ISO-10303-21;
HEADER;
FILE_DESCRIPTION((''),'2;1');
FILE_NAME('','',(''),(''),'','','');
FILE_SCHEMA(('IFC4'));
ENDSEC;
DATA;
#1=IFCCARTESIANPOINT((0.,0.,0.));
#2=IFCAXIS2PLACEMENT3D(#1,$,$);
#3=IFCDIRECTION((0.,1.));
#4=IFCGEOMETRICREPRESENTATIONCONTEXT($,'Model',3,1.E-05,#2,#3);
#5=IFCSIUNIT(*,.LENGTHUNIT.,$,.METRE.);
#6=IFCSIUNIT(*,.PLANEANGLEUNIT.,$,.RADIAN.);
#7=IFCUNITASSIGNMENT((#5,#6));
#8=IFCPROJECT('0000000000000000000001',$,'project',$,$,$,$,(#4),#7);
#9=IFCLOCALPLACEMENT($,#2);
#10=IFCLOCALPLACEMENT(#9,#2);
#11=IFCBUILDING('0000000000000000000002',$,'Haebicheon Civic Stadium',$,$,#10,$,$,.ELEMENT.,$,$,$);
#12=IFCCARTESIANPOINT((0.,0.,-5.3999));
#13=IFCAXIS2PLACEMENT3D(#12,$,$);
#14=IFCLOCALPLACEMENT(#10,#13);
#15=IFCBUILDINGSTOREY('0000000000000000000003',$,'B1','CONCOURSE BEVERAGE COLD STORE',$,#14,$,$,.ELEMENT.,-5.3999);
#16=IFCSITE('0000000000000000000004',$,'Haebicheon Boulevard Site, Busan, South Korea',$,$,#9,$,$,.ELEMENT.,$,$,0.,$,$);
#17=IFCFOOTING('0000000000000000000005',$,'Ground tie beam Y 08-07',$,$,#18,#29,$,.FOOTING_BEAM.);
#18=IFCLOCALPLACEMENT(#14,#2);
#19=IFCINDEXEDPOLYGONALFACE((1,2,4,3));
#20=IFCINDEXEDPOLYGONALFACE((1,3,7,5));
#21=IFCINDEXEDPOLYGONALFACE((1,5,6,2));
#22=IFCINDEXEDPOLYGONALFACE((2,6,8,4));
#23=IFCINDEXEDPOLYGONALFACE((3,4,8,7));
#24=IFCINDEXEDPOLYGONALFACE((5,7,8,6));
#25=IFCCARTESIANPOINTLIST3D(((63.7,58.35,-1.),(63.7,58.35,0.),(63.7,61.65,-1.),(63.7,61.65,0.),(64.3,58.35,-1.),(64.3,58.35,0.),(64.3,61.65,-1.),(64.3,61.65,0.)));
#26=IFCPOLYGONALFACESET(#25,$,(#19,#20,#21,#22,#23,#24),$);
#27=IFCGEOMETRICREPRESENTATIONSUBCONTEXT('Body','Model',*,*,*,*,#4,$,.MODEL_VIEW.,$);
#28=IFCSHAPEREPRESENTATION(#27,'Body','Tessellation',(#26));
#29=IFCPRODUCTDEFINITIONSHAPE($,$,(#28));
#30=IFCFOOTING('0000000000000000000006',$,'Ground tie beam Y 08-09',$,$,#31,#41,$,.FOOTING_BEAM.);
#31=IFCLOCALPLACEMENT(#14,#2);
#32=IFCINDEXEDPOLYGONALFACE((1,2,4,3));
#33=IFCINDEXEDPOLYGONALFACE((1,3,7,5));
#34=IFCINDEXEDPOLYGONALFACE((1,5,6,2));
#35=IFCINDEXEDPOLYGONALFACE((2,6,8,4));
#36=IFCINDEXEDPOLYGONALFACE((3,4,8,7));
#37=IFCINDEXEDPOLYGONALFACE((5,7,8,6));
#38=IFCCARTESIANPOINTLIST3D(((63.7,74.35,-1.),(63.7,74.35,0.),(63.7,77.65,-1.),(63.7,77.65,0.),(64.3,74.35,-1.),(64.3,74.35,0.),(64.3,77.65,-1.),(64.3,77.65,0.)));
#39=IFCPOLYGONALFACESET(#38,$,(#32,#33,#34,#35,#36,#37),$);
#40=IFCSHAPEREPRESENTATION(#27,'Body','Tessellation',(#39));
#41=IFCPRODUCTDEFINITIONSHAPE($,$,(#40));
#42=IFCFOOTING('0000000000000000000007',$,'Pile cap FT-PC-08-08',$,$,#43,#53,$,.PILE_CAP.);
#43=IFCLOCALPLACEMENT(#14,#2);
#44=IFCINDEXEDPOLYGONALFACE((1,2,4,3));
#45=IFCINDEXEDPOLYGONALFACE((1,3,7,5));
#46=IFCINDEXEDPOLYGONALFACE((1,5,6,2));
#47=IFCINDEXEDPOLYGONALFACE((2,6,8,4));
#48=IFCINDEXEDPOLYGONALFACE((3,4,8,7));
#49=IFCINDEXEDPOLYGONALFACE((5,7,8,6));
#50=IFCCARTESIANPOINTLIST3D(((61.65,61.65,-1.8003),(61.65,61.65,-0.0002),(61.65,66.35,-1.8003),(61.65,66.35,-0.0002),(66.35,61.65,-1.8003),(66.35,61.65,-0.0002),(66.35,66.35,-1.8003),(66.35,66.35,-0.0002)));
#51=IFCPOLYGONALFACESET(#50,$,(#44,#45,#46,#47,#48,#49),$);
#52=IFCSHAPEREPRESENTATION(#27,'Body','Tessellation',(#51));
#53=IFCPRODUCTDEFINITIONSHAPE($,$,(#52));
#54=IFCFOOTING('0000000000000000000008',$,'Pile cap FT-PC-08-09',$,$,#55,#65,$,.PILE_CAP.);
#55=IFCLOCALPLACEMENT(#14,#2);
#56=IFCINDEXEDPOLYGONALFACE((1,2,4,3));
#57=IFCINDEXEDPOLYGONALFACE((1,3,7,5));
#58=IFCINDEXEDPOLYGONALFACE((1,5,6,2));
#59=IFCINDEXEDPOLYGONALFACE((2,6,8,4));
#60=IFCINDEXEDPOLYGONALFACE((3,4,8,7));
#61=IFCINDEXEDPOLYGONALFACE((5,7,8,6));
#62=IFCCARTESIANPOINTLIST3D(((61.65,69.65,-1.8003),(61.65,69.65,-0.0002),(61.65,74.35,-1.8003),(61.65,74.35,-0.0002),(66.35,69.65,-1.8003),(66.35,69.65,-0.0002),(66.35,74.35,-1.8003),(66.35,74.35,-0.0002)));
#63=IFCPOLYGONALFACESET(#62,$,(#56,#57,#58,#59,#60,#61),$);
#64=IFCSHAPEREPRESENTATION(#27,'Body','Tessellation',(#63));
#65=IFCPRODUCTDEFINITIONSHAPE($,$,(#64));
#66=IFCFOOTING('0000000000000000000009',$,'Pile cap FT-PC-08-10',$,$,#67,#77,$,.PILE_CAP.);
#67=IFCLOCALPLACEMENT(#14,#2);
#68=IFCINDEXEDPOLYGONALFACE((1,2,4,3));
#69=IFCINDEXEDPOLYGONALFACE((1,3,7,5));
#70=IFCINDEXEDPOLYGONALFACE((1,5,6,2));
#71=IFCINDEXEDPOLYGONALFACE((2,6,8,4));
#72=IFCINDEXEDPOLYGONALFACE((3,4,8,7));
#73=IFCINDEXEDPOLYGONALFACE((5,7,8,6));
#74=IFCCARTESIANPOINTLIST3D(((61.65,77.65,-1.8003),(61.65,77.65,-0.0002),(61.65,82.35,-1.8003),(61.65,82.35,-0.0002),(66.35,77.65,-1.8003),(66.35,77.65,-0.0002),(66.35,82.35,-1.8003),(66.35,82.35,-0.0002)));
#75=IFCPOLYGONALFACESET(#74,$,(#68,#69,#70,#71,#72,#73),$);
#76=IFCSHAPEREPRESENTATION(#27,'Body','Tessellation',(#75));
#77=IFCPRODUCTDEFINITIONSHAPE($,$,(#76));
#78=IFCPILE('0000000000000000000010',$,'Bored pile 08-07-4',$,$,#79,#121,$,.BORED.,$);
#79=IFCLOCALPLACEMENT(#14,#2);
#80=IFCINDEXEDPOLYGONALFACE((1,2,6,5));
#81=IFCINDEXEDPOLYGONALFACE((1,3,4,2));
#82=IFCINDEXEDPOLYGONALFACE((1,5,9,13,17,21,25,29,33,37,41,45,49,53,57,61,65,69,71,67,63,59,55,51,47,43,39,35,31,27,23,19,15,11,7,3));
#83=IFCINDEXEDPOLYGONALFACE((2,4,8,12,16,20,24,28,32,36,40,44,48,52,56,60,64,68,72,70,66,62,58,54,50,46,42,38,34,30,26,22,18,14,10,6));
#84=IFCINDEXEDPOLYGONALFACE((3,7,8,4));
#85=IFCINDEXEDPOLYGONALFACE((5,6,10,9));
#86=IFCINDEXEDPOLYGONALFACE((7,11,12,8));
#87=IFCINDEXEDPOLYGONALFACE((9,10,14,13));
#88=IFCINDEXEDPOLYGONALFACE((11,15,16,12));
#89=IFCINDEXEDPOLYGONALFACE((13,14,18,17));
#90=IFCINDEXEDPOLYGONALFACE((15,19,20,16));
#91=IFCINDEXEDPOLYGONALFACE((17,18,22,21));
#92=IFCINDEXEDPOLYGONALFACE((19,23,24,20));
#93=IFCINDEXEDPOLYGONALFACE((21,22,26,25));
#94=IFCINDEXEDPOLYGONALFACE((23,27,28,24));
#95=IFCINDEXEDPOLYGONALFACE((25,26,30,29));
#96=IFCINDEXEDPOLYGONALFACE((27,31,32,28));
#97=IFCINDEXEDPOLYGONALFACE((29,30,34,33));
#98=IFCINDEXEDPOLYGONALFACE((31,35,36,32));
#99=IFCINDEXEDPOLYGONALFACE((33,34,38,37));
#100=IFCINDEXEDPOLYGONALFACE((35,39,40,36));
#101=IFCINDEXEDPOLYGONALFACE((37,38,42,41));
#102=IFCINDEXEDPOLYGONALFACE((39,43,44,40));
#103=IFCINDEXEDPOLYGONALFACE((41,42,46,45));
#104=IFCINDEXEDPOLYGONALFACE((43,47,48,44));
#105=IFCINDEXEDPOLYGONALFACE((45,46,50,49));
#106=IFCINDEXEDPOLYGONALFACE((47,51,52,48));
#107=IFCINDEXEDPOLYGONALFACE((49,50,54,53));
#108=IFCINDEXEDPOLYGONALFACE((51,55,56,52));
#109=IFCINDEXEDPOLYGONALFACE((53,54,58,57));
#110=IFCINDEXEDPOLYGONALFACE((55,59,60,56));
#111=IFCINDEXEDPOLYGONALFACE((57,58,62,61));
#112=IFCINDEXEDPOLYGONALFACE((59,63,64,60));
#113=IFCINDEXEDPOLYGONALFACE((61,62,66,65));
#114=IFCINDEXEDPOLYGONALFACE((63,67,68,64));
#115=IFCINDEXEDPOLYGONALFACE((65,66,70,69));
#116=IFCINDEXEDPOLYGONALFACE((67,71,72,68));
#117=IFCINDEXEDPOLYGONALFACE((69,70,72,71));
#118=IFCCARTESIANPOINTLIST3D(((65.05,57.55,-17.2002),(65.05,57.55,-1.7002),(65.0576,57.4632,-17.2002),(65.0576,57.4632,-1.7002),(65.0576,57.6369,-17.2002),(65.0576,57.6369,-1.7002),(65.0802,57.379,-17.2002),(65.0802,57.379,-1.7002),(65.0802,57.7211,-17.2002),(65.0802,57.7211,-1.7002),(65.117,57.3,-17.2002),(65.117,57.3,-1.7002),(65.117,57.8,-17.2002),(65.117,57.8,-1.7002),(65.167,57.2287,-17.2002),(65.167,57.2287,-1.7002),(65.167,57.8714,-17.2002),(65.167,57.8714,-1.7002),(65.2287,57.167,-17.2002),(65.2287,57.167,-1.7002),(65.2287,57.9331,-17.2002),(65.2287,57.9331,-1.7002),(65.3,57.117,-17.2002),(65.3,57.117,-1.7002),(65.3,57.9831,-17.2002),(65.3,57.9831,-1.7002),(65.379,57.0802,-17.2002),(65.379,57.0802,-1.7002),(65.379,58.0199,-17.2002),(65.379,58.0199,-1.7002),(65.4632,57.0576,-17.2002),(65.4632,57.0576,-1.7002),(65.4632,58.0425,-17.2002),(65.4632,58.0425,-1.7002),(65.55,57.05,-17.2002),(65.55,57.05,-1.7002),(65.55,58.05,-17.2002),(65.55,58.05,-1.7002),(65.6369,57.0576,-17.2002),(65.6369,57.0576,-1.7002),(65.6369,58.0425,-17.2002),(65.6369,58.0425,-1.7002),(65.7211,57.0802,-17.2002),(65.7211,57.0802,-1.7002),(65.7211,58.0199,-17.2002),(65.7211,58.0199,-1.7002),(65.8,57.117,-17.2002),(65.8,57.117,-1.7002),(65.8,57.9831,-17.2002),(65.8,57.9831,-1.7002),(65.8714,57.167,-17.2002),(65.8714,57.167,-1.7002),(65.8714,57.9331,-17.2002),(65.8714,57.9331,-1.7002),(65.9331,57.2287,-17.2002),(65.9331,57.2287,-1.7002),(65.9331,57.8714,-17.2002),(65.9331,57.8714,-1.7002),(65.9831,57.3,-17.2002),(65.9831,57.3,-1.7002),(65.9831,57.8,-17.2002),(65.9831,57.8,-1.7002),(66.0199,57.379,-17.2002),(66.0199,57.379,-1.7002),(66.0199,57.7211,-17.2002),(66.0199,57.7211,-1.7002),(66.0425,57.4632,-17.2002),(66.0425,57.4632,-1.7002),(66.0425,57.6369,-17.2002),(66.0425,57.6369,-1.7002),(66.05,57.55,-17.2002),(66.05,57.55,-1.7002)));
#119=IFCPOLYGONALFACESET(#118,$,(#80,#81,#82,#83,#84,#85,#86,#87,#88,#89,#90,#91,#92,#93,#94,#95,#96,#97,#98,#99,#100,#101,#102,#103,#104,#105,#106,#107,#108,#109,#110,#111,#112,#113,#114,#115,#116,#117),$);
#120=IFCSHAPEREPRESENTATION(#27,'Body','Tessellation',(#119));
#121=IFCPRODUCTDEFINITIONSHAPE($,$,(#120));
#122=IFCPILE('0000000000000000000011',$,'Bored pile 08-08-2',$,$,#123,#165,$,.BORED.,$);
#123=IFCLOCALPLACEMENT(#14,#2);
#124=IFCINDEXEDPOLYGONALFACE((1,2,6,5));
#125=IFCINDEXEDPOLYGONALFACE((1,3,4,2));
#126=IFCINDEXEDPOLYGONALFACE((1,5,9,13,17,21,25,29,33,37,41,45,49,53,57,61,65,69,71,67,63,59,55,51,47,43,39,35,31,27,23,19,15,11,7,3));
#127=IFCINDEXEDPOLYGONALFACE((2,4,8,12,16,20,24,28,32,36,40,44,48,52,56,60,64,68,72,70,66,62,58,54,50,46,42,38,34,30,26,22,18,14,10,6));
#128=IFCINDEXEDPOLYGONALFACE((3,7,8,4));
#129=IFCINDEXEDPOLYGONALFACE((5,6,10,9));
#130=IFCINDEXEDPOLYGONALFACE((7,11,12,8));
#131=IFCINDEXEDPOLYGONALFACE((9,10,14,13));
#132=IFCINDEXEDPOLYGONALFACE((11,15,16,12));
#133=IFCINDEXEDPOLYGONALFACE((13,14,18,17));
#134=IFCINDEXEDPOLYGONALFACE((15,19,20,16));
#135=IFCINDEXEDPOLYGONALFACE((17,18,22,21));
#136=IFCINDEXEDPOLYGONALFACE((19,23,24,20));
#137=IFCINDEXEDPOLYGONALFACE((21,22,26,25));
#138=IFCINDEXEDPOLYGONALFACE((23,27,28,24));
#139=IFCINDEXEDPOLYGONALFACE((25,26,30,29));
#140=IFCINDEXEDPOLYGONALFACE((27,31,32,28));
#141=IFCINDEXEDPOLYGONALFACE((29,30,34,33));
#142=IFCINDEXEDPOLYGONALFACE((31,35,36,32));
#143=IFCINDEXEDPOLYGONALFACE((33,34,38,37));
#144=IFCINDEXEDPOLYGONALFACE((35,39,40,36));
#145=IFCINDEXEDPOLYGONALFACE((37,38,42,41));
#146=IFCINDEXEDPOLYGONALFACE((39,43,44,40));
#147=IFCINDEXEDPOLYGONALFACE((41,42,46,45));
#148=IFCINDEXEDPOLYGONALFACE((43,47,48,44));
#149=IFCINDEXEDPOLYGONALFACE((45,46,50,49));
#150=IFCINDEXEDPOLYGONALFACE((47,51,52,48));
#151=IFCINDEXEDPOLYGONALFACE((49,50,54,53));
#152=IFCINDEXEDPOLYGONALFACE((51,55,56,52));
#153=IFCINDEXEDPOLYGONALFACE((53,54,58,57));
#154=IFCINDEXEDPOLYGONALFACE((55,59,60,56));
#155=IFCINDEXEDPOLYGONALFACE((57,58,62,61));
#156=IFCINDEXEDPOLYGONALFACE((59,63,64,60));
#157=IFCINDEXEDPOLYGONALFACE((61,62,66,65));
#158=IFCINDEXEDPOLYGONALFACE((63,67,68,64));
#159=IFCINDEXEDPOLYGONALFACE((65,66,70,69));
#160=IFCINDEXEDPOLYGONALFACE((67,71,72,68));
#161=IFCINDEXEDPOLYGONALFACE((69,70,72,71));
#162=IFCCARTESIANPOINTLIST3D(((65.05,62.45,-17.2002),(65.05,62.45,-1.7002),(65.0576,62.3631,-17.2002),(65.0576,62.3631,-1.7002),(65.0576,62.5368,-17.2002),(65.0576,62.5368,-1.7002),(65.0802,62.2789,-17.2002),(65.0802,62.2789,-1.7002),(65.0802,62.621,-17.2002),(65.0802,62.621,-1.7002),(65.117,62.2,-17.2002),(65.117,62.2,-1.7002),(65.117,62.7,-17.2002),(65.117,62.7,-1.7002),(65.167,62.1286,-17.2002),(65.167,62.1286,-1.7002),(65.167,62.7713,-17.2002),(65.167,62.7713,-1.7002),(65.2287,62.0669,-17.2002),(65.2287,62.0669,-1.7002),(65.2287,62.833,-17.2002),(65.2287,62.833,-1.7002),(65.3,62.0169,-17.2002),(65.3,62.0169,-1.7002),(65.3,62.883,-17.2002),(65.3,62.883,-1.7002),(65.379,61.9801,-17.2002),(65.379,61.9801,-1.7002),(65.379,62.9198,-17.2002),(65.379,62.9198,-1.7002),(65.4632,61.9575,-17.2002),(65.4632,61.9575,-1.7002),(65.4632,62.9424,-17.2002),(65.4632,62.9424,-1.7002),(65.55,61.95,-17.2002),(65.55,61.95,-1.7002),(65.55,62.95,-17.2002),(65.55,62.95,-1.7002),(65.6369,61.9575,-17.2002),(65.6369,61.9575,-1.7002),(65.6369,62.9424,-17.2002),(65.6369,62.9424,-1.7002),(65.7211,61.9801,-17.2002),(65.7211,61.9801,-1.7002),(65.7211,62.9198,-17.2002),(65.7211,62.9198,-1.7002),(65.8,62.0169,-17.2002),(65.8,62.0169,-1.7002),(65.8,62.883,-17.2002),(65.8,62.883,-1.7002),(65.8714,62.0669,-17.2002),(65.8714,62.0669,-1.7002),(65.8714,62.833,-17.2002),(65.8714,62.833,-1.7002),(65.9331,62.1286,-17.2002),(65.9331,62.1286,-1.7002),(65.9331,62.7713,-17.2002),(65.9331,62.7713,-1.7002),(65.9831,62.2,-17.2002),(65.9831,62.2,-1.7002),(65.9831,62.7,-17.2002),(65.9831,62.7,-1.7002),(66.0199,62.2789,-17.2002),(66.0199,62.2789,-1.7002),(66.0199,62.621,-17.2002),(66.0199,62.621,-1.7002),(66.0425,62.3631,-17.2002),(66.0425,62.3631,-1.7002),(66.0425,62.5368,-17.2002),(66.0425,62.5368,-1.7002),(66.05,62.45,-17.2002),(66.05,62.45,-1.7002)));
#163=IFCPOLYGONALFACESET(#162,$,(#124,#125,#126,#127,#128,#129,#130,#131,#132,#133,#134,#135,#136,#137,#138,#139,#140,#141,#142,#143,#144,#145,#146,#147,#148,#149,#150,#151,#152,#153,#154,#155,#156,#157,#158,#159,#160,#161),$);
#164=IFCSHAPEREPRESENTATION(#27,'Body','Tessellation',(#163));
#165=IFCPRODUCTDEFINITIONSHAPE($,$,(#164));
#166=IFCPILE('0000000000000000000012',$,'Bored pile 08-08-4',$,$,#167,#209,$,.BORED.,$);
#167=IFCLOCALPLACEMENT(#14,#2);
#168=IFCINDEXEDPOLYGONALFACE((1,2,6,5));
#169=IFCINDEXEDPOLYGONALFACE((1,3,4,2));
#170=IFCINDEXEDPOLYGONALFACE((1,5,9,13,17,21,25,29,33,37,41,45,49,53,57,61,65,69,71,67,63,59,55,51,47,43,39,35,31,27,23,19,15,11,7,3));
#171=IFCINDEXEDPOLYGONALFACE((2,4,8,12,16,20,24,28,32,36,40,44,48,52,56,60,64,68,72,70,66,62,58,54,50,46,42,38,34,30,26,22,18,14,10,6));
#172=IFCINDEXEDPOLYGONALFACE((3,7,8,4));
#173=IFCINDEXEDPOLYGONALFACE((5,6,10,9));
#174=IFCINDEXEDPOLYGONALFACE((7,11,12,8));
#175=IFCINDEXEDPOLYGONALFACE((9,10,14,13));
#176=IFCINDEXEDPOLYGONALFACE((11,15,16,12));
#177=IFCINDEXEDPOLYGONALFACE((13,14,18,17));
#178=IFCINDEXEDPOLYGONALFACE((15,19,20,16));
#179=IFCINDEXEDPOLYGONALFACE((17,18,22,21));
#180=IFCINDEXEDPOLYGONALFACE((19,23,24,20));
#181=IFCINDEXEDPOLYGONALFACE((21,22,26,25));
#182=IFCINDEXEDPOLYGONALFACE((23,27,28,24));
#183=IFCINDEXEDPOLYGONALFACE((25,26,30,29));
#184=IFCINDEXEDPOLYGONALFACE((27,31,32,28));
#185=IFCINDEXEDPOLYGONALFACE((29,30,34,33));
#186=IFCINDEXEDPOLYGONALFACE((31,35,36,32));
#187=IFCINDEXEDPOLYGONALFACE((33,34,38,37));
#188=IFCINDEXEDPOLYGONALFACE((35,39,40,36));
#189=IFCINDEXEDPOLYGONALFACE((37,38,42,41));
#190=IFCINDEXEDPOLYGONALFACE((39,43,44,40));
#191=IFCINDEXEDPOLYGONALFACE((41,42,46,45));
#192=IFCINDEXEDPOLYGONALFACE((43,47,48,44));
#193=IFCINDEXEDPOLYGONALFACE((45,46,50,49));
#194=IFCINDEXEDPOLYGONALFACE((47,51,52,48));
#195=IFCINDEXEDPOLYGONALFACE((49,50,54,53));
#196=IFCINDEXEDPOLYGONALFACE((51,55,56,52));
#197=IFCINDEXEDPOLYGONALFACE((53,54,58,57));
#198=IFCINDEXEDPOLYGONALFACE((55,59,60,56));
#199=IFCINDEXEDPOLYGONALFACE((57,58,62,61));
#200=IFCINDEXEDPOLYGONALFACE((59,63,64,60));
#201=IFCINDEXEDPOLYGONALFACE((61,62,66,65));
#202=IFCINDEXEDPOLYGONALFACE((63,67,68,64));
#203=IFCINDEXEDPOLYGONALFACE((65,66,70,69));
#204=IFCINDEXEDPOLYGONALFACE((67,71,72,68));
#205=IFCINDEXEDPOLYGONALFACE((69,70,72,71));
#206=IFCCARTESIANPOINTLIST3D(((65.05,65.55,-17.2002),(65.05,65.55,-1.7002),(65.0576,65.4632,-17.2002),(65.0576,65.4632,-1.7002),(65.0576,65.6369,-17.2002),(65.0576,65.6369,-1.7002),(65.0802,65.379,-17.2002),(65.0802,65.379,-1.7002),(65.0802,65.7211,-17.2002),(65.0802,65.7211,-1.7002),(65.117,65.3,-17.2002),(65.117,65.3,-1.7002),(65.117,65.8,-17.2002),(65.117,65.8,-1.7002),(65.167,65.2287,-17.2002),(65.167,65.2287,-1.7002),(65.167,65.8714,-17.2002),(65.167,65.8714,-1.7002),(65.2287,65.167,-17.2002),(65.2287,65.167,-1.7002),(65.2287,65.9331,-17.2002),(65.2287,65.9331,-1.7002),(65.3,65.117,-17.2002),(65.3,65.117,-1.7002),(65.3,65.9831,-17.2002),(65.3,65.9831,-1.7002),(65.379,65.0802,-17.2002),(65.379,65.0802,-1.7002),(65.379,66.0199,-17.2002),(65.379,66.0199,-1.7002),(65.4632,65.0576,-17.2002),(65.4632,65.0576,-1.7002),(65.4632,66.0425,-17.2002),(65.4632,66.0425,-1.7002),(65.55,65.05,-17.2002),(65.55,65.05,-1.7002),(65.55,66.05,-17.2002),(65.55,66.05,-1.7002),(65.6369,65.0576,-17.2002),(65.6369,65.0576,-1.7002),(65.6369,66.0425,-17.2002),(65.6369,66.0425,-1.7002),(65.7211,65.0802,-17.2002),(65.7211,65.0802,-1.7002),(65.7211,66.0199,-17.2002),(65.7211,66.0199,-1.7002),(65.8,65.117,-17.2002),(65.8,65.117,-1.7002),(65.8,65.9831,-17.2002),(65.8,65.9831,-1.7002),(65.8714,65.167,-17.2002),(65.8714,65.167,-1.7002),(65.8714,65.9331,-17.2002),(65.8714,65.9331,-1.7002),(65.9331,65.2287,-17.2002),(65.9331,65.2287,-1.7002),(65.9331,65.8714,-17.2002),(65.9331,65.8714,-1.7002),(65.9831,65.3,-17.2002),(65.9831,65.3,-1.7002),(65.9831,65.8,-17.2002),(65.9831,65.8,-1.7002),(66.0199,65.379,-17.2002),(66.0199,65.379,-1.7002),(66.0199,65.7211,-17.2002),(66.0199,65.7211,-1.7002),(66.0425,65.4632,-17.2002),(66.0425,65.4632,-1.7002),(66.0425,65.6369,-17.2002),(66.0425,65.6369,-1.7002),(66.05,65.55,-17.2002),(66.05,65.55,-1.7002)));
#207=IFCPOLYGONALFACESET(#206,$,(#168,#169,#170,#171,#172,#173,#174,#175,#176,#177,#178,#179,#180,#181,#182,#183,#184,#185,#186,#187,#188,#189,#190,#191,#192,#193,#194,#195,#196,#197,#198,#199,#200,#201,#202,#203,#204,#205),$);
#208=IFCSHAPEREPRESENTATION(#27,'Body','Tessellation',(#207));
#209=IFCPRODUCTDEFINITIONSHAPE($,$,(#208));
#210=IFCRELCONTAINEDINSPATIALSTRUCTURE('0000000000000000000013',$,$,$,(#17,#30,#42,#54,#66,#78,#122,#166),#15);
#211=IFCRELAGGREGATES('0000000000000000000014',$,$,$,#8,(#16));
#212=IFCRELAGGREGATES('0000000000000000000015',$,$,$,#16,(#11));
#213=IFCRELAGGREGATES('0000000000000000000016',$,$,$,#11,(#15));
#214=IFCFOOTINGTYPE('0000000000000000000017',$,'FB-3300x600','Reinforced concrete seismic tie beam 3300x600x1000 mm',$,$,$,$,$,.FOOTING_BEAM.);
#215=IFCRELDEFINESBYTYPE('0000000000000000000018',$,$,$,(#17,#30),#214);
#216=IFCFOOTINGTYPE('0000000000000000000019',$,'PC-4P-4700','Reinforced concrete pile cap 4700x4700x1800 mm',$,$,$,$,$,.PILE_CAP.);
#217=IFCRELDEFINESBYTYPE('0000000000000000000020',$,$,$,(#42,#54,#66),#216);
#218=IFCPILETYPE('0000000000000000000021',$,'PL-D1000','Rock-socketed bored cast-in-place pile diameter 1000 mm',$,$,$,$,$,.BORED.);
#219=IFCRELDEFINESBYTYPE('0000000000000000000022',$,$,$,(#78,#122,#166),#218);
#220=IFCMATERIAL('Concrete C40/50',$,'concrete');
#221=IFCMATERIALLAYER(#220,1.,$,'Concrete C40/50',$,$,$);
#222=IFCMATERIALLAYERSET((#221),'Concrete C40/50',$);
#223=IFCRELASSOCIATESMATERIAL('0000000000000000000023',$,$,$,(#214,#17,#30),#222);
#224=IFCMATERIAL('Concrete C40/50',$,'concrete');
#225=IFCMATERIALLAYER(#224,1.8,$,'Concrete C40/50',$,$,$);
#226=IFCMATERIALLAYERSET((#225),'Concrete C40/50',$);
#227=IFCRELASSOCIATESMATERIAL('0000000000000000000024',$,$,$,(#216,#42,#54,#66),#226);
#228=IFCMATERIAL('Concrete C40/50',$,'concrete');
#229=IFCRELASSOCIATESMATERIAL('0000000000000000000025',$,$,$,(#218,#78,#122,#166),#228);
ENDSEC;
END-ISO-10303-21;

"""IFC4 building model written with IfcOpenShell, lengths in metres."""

from ifc_helpers import new_model, si_unit, direction, frame, origin, origin_2d, place, context, subcontext, project, spatial, rectangle, circle, extrude, material, layer, layer_set, material_profile, profile_set, type_object, element, save


model = new_model("IFC4")

# Units and contexts
model_context = context("Model", 3, precision=1e-05, world=origin(), true_north=direction((0.0, 1.0)))
body_context = subcontext(model_context, "Body", "Model", "MODEL_VIEW")
ifc_project = project(units=[si_unit("LENGTHUNIT", "METRE"), si_unit("PLANEANGLEUNIT", "RADIAN")], contexts=[model_context])

# Site, building, storey
site_placement = place(None, origin())
site = spatial("IfcSite", under=ifc_project, at=site_placement, Name="Haebicheon Boulevard Site, Busan, South Korea", CompositionType="ELEMENT", RefElevation=0.0)
building_placement = place(site_placement, origin())
building = spatial("IfcBuilding", under=site, at=building_placement, Name="Haebicheon Civic Stadium", CompositionType="ELEMENT")
storey_placement = place(building_placement, frame((0.0, 0.0, -5.3999)))
storey = spatial("IfcBuildingStorey", under=building, at=storey_placement, Name="B1", Description="CONCOURSE BEVERAGE COLD STORE", CompositionType="ELEMENT", Elevation=-5.3999)

# Footings
ifc_material_1 = material(Name="Concrete C40/50", Category="concrete")
ifc_layer_1 = layer(ifc_material_1, 1.0, Name="Concrete C40/50")
ifc_layer_set_1 = layer_set([ifc_layer_1], Name="Concrete C40/50")
footing_type_1 = type_object("IfcFootingType", Name="FB-3300x600", Description="Reinforced concrete seismic tie beam 3300x600x1000 mm", PredefinedType="FOOTING_BEAM", material=ifc_layer_set_1)
for number, where, z_axis, x_axis, name in (
    (1, (64.0, 60.0, -1.0), (0.0, 0.0, 1.0), (0.0, 1.0, 0.0), "Ground tie beam Y 08-07"),
    (2, (64.0, 76.0, -1.0), (0.0, 0.0, 1.0), (0.0, 1.0, 0.0), "Ground tie beam Y 08-09"),
):
    element("IfcFooting", number, at=place(storey_placement, frame(where, z_axis=z_axis, x_axis=x_axis)), inside=storey, type_object=footing_type_1, material=ifc_layer_set_1, Name=name, PredefinedType="FOOTING_BEAM", context=body_context, shape_type="SweptSolid", body=[
        extrude(rectangle(XDim=3.3, YDim=0.6001, at=origin_2d()), origin(), (0.0, 0.0, 1.0), 1.0),
    ])
ifc_material_2 = material(Name="Concrete C40/50", Category="concrete")
ifc_layer_2 = layer(ifc_material_2, 1.8, Name="Concrete C40/50")
ifc_layer_set_2 = layer_set([ifc_layer_2], Name="Concrete C40/50")
footing_type_2 = type_object("IfcFootingType", Name="PC-4P-4700", Description="Reinforced concrete pile cap 4700x4700x1800 mm", PredefinedType="PILE_CAP", material=ifc_layer_set_2)
for number, where, z_axis, x_axis, name in (
    (3, (64.0, 64.0, -1.8003), (0.0, 0.0, 1.0), (1.0, 0.0, 0.0), "Pile cap FT-PC-08-08"),
    (4, (64.0, 72.0, -1.8003), (0.0, 0.0, 1.0), (1.0, 0.0, 0.0), "Pile cap FT-PC-08-09"),
    (5, (64.0, 80.0, -1.8003), (0.0, 0.0, 1.0), (1.0, 0.0, 0.0), "Pile cap FT-PC-08-10"),
):
    element("IfcFooting", number, at=place(storey_placement, frame(where, z_axis=z_axis, x_axis=x_axis)), inside=storey, type_object=footing_type_2, material=ifc_layer_set_2, Name=name, PredefinedType="PILE_CAP", context=body_context, shape_type="SweptSolid", body=[
        extrude(rectangle(XDim=4.7, YDim=4.7, at=origin_2d()), origin(), (0.0, 0.0, 1.0), 1.8),
    ])

# Piles
ifc_material_3 = material(Name="Concrete C40/50", Category="concrete")
ifc_material_profile_1 = material_profile(ifc_material_3, circle(Radius=0.5, at=origin_2d()), Name="PILE-D1000")
ifc_profile_set_1 = profile_set([ifc_material_profile_1], Name="Concrete C40/50")
pile_type = type_object("IfcPileType", Name="PL-D1000", Description="Rock-socketed bored cast-in-place pile diameter 1000 mm", PredefinedType="BORED", material=ifc_profile_set_1)
for number, where, z_axis, x_axis, name in (
    (6, (65.55, 57.55, -1.7002), (0.0, 0.0, -1.0), (1.0, 0.0, 0.0), "Bored pile 08-07-4"),
    (7, (65.55, 62.45, -1.7002), (0.0, 0.0, -1.0), (1.0, 0.0, 0.0), "Bored pile 08-08-2"),
    (8, (65.55, 65.55, -1.7002), (0.0, 0.0, -1.0), (1.0, 0.0, 0.0), "Bored pile 08-08-4"),
):
    element("IfcPile", number, at=place(storey_placement, frame(where, z_axis=z_axis, x_axis=x_axis)), inside=storey, type_object=pile_type, material=ifc_profile_set_1, Name=name, PredefinedType="BORED", context=body_context, shape_type="SweptSolid", body=[
        extrude(circle(Radius=0.5, at=origin_2d()), origin(), (0.0, 0.0, 1.0), 15.5),
    ])

save(model, "model.ifc")
